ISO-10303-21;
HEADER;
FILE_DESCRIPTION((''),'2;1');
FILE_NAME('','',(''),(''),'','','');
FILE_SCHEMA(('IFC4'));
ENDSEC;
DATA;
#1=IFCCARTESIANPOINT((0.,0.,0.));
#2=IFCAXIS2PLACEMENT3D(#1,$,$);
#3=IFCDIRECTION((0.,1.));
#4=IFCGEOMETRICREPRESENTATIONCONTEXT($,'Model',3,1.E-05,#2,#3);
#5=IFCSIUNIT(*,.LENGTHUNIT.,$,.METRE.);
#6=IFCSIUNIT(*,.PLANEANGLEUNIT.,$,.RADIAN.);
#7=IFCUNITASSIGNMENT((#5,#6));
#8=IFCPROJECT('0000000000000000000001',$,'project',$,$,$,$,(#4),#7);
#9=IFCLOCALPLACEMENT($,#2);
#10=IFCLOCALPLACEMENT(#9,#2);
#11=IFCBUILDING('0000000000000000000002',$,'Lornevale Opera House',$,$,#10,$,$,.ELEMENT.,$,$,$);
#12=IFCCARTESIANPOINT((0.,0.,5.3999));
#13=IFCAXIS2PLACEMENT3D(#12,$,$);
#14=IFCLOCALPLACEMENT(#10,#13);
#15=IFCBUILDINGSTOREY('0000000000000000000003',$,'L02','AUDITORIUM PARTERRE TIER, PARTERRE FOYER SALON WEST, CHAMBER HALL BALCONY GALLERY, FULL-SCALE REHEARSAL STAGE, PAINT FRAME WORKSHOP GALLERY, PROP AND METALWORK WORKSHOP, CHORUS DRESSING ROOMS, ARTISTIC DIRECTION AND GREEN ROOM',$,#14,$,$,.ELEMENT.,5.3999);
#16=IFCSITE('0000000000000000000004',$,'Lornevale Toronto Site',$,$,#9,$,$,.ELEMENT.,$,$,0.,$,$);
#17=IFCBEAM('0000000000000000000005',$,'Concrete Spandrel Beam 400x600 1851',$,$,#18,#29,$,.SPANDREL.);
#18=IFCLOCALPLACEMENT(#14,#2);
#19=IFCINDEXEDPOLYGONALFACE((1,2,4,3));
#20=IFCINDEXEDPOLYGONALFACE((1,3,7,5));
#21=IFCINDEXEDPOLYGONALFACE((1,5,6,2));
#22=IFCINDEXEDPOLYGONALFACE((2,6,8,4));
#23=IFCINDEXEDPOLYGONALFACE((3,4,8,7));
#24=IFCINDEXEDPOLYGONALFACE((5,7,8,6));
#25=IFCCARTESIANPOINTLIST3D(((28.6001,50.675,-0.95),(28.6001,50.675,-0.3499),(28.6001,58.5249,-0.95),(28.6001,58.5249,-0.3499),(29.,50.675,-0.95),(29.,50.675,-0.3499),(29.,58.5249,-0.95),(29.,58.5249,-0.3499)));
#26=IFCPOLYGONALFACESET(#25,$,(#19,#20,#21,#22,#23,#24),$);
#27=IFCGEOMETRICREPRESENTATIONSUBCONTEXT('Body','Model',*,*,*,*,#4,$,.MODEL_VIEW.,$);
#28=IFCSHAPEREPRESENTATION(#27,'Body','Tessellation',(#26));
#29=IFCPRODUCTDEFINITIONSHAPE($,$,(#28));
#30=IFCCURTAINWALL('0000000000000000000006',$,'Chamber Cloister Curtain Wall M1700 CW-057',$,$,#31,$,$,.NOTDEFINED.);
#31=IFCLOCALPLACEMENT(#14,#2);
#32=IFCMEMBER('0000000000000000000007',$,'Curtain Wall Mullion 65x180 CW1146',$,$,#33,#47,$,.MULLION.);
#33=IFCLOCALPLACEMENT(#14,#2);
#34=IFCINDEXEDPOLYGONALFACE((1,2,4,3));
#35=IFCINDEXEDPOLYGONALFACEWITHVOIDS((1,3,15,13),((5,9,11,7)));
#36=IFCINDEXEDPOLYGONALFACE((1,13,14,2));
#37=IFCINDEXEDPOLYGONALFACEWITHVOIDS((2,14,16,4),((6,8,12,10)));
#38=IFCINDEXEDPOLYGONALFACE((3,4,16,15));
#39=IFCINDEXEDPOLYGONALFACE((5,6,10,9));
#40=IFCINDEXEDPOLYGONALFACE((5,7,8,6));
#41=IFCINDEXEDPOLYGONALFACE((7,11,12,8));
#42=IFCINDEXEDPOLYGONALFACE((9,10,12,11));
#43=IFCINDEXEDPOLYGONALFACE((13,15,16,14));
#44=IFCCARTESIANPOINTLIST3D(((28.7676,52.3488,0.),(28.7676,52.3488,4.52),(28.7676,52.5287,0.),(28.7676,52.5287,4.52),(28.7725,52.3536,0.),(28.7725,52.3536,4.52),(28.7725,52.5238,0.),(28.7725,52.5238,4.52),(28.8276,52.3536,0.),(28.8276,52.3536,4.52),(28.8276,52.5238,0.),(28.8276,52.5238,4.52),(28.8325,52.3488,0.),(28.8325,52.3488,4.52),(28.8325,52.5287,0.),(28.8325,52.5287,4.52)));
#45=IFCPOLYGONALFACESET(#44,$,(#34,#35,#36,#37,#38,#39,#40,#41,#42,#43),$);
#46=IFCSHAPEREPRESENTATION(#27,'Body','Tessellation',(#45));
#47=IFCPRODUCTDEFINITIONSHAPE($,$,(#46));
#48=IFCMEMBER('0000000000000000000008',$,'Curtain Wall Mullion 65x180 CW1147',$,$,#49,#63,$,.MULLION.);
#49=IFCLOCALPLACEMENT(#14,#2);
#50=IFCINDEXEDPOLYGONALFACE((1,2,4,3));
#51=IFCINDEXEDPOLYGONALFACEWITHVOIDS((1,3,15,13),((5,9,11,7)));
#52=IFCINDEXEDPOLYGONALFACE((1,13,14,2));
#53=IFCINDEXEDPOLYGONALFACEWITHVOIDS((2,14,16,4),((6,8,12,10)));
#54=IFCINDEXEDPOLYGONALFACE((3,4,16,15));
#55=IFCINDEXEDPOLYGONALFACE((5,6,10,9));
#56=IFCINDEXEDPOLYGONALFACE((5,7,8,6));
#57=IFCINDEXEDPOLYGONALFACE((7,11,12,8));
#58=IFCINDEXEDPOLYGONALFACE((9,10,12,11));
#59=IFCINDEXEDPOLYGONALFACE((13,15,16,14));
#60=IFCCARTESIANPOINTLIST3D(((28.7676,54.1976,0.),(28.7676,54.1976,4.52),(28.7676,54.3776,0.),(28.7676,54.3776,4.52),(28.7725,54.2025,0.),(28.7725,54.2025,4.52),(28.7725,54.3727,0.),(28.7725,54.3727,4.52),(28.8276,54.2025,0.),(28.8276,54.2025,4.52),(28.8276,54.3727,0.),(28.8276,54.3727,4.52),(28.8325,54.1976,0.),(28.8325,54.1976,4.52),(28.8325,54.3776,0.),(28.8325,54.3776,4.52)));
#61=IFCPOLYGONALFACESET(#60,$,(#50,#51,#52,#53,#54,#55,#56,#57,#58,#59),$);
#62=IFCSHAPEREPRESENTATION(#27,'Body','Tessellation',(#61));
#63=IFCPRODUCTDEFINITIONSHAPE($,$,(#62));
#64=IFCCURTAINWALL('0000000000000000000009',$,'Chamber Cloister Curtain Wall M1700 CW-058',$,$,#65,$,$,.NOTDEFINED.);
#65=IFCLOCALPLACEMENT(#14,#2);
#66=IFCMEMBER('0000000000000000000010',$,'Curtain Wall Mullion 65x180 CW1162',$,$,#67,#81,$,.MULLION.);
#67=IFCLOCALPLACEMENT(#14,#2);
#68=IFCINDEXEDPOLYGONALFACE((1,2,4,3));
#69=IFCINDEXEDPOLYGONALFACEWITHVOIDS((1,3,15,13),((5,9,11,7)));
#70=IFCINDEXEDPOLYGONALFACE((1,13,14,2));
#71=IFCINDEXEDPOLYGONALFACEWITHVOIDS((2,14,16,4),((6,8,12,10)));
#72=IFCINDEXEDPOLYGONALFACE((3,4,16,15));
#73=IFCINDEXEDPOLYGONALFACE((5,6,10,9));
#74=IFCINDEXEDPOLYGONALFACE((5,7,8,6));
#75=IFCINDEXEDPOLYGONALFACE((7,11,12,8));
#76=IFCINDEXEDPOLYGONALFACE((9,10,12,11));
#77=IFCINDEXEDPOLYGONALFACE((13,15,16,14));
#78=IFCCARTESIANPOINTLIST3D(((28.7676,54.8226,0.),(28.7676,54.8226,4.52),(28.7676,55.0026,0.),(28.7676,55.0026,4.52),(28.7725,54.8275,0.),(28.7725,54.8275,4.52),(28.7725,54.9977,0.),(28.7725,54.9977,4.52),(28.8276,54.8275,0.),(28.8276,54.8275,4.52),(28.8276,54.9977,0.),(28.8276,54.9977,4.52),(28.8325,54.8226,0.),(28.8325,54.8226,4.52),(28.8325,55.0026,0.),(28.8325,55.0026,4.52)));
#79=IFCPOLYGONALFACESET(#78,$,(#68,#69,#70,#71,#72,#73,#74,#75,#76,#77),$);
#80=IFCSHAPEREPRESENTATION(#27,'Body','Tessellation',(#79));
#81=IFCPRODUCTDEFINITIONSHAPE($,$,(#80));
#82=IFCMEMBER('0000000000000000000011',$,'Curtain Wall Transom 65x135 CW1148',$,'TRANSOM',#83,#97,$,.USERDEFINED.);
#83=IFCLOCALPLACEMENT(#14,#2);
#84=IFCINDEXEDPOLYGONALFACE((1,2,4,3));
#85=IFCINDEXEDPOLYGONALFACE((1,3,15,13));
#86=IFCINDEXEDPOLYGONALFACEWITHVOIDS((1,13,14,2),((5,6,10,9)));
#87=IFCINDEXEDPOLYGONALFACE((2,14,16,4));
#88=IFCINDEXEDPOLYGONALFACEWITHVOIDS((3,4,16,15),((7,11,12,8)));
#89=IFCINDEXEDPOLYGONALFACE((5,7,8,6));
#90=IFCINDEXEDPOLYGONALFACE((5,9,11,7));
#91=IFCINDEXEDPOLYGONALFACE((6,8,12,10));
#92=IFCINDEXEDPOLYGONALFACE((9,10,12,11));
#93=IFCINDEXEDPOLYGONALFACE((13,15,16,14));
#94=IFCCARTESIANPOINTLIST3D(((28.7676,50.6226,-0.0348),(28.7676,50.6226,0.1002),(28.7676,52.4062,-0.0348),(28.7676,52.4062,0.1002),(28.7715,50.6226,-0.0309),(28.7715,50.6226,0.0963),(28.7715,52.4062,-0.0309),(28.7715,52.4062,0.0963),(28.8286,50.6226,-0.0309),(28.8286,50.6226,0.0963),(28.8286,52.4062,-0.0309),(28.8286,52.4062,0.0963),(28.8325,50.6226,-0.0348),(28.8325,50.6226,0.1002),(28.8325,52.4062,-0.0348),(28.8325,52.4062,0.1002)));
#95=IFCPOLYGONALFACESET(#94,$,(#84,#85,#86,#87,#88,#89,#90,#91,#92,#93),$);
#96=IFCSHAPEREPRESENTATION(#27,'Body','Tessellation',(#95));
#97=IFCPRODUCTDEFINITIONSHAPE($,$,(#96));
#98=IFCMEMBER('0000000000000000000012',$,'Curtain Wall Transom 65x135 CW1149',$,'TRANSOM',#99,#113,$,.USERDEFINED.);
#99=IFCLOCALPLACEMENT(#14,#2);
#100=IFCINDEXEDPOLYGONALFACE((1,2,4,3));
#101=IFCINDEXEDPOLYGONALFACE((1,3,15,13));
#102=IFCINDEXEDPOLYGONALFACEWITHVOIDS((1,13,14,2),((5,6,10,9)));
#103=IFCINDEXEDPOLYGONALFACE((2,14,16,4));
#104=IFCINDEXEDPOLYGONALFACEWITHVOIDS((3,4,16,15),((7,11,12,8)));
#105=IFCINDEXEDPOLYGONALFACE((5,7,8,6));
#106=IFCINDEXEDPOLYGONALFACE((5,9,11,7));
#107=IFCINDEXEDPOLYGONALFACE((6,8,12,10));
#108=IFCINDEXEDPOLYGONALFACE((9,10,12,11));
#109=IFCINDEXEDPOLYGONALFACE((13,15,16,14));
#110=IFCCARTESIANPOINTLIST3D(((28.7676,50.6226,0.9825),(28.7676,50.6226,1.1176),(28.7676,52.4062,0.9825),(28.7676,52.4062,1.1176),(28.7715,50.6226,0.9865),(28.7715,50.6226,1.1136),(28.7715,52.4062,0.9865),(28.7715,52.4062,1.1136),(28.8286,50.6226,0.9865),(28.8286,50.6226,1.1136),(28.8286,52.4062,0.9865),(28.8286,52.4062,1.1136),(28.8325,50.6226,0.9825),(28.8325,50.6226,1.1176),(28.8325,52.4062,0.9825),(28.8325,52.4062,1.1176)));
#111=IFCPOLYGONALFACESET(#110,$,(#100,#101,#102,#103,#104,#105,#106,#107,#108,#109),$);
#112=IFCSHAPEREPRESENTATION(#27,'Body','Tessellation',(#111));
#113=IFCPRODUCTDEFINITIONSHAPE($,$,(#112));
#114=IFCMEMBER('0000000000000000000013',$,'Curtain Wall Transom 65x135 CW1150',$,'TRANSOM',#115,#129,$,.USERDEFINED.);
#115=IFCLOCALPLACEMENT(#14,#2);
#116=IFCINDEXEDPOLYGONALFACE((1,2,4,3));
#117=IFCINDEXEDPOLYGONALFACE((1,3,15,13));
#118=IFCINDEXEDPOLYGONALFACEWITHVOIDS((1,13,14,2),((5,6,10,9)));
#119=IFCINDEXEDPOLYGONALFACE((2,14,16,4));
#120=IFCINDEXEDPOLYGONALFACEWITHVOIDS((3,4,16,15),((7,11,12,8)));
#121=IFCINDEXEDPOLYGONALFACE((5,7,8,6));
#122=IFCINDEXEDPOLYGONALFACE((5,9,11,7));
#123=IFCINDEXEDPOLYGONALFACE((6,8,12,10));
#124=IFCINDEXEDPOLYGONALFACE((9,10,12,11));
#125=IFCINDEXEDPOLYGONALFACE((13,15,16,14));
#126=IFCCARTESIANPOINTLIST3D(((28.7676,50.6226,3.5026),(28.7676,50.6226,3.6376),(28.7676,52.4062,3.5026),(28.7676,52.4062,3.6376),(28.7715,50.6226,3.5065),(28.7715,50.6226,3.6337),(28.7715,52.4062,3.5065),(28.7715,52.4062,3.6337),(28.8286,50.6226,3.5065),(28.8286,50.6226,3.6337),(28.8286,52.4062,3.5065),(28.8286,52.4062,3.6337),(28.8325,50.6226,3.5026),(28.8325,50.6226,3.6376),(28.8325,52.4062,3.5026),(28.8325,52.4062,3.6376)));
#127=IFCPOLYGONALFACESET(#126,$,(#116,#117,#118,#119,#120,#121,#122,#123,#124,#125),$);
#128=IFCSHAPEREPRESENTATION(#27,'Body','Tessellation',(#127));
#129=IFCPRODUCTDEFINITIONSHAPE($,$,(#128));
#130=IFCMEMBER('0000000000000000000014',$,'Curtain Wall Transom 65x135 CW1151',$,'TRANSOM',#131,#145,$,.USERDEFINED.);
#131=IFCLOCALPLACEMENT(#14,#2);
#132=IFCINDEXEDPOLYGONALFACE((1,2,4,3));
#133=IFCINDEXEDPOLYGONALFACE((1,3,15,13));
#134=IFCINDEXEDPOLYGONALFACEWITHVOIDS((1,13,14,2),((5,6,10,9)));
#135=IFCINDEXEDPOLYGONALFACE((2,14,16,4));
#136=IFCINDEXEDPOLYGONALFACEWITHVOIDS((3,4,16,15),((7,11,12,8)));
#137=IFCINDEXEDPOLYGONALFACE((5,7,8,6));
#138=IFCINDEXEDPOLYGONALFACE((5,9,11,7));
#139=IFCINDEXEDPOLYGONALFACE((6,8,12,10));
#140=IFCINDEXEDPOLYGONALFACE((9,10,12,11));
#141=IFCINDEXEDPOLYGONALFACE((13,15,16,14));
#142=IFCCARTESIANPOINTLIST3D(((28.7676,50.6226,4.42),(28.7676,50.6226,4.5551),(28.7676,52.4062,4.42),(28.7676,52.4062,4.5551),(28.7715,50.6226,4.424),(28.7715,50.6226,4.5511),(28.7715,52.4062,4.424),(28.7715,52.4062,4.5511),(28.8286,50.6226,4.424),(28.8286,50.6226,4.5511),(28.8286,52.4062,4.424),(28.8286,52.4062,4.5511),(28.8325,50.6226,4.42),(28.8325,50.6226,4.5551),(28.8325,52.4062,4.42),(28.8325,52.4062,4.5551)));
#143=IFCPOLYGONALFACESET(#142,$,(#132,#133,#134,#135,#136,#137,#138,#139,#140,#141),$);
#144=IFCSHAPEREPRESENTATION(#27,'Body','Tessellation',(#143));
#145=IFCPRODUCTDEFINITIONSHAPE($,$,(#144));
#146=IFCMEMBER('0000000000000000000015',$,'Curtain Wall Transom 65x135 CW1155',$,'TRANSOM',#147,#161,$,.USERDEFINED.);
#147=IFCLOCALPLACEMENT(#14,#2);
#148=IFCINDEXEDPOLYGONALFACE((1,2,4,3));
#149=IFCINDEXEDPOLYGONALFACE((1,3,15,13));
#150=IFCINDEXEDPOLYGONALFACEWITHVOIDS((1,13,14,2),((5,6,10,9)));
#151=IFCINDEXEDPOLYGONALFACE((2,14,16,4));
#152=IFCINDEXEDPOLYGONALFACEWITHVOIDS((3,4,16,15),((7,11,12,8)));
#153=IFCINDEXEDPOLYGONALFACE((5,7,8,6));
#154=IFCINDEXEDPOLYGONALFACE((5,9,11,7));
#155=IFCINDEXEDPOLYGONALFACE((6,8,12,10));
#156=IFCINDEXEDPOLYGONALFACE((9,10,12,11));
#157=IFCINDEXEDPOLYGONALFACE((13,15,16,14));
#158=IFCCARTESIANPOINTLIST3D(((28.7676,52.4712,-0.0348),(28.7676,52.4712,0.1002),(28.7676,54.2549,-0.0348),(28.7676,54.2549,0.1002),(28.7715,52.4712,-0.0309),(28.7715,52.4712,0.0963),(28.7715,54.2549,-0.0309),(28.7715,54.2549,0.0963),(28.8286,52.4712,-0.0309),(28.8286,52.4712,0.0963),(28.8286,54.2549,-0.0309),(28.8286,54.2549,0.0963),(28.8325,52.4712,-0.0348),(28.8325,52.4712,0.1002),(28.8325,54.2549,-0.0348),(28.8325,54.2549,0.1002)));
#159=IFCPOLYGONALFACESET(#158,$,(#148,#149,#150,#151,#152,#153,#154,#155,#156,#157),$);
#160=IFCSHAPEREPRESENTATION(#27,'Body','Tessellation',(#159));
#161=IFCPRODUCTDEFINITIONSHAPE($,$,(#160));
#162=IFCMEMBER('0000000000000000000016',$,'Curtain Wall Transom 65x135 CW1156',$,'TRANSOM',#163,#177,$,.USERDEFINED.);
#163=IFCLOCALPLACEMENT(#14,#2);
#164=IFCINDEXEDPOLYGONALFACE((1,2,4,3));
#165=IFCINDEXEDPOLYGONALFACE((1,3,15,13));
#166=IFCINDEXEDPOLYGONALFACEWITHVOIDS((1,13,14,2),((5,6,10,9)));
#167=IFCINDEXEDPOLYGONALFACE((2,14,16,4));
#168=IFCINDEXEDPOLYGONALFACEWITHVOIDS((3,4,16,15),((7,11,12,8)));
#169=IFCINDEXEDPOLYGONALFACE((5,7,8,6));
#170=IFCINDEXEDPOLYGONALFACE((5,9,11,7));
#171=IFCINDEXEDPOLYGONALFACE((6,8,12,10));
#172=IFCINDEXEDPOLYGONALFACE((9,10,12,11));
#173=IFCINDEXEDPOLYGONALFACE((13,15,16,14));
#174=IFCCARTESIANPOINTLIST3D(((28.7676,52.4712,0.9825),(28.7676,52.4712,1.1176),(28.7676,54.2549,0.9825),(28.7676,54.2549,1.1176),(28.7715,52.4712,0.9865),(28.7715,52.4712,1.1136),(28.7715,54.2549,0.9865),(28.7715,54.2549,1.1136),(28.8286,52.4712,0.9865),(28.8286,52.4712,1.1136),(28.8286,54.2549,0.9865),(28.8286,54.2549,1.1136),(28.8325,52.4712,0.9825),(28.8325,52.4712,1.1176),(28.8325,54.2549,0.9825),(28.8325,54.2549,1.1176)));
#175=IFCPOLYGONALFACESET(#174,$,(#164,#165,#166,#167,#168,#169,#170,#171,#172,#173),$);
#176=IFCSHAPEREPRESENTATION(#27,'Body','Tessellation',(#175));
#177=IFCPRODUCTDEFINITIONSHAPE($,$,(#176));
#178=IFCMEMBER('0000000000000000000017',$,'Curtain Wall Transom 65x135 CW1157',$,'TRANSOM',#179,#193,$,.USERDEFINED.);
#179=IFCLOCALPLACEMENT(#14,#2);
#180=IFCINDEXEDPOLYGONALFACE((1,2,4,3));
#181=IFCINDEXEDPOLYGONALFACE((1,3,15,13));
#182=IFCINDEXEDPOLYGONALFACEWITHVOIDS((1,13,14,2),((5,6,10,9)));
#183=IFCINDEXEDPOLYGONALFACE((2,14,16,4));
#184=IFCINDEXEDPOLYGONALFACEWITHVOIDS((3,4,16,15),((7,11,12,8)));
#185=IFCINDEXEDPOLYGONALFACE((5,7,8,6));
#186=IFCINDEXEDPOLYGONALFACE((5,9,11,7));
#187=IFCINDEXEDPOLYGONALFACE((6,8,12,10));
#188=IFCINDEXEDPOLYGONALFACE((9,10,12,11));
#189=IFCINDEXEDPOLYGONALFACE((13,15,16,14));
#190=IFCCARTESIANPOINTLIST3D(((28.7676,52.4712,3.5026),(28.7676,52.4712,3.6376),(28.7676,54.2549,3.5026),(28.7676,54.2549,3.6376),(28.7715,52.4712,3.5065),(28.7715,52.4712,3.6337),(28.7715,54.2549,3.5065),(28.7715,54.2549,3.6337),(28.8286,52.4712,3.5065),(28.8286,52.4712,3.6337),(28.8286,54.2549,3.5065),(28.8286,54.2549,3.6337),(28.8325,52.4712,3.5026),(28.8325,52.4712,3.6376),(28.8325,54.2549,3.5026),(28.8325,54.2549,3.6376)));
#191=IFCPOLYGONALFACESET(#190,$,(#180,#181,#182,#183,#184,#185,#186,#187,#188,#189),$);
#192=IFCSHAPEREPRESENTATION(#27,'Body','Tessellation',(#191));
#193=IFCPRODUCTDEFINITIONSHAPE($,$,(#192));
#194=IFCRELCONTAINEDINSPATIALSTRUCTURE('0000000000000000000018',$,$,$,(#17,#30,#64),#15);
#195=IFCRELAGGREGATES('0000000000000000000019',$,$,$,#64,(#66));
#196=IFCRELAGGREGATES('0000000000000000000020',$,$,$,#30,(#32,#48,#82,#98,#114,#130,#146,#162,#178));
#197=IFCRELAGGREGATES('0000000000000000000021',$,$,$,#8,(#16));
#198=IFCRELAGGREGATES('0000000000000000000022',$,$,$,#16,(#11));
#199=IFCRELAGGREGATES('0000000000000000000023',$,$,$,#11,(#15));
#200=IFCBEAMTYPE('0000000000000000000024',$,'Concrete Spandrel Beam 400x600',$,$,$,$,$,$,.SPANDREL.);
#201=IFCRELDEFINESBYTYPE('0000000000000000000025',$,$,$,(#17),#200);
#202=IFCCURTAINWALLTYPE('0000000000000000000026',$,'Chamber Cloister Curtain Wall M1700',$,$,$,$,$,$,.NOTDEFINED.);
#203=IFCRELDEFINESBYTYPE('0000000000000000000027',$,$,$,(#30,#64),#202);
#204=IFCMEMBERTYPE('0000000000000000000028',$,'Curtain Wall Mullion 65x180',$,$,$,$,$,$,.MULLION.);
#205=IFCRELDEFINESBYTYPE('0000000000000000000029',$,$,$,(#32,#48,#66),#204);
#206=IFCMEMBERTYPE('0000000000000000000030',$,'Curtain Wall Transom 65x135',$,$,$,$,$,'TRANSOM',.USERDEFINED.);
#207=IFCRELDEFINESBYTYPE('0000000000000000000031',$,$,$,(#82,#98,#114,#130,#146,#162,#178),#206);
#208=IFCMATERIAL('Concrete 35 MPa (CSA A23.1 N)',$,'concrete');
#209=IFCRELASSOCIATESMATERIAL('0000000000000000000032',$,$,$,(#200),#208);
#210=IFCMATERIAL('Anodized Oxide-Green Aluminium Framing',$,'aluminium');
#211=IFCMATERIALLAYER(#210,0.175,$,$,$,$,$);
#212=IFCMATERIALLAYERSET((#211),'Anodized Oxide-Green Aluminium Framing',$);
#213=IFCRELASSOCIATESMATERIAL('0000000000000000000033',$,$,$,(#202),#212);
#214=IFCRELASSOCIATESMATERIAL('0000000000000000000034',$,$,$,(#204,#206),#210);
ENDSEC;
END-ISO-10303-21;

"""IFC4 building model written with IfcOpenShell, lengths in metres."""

from ifc_helpers import new_model, si_unit, direction, frame, origin, origin_2d, place, context, subcontext, project, spatial, rectangle, hollow_rectangle, extrude, material, layer, layer_set, material_profile, profile_set, type_object, element, aggregate, save


model = new_model("IFC4")

# Units and contexts
model_context = context("Model", 3, precision=1e-05, world=origin(), true_north=direction((0.0, 1.0)))
body_context = subcontext(model_context, "Body", "Model", "MODEL_VIEW")
ifc_project = project(units=[si_unit("LENGTHUNIT", "METRE"), si_unit("PLANEANGLEUNIT", "RADIAN")], contexts=[model_context])

# Site, building, storey
site_placement = place(None, origin())
site = spatial("IfcSite", under=ifc_project, at=site_placement, Name="Lornevale Toronto Site", CompositionType="ELEMENT", RefElevation=0.0)
building_placement = place(site_placement, origin())
building = spatial("IfcBuilding", under=site, at=building_placement, Name="Lornevale Opera House", CompositionType="ELEMENT")
storey_placement = place(building_placement, frame((0.0, 0.0, 5.3999)))
storey = spatial("IfcBuildingStorey", under=building, at=storey_placement, Name="L02", Description="AUDITORIUM PARTERRE TIER, PARTERRE FOYER SALON WEST, CHAMBER HALL BALCONY GALLERY, FULL-SCALE REHEARSAL STAGE, PAINT FRAME WORKSHOP GALLERY, PROP AND METALWORK WORKSHOP, CHORUS DRESSING ROOMS, ARTISTIC DIRECTION AND GREEN ROOM", CompositionType="ELEMENT", Elevation=5.3999)

# Beam
ifc_material_1 = material(Name="Concrete 35 MPa (CSA A23.1 N)", Category="concrete")
ifc_material_profile_1 = material_profile(ifc_material_1, rectangle(XDim=0.3999, YDim=0.6001, at=origin_2d()), Name="RC400x600")
ifc_profile_set_1 = profile_set([ifc_material_profile_1], Name="Concrete 35 MPa (CSA A23.1 N)")
beam_type = type_object("IfcBeamType", Name="Concrete Spandrel Beam 400x600", PredefinedType="SPANDREL", material=ifc_profile_set_1)
beam_placement = place(storey_placement, frame((28.8, 50.675, -0.6499), z_axis=(0.0, 1.0, 0.0), x_axis=(-1.0, 0.0, 0.0)))
element("IfcBeam", 1, at=beam_placement, inside=storey, type_object=beam_type, Name="Concrete Spandrel Beam 400x600 1851", PredefinedType="SPANDREL", context=body_context, shape_type="SweptSolid", body=[
    extrude(rectangle(XDim=0.3999, YDim=0.6001, at=origin_2d()), origin(), (0.0, 0.0, 1.0), 7.8499),
])

# Curtain wall, members
ifc_material_2 = material(Name="Anodized Oxide-Green Aluminium Framing", Category="aluminium")
ifc_layer_1 = layer(ifc_material_2, 0.175)
ifc_layer_set_1 = layer_set([ifc_layer_1], Name="Anodized Oxide-Green Aluminium Framing")
curtain_wall_type = type_object("IfcCurtainWallType", Name="Chamber Cloister Curtain Wall M1700", PredefinedType="NOTDEFINED", material=ifc_layer_set_1)
curtain_wall_1_placement = place(storey_placement, origin())
curtain_wall_1 = element("IfcCurtainWall", 2, at=curtain_wall_1_placement, inside=storey, type_object=curtain_wall_type, Name="Chamber Cloister Curtain Wall M1700 CW-057", PredefinedType="NOTDEFINED")
ifc_material_profile_2 = material_profile(ifc_material_2, hollow_rectangle(XDim=0.0649, YDim=0.1799, WallThickness=0.0049, at=origin_2d()), Name="ALU65x180x5")
ifc_profile_set_2 = profile_set([ifc_material_profile_2], Name="Anodized Oxide-Green Aluminium Framing")
member_type_1 = type_object("IfcMemberType", Name="Curtain Wall Mullion 65x180", PredefinedType="MULLION", material=ifc_profile_set_2)
member_1_placement = place(storey_placement, frame((28.8, 52.4387, 0.0), z_axis=(0.0, 0.0, 1.0), x_axis=(-1.0, 0.0, 0.0)))
member_1 = element("IfcMember", 3, at=member_1_placement, type_object=member_type_1, Name="Curtain Wall Mullion 65x180 CW1146", PredefinedType="MULLION", context=body_context, shape_type="SweptSolid", body=[
    extrude(hollow_rectangle(XDim=0.0649, YDim=0.1799, WallThickness=0.0049, at=origin_2d()), origin(), (0.0, 0.0, 1.0), 4.52),
])
member_2_placement = place(storey_placement, frame((28.8, 54.2876, 0.0), z_axis=(0.0, 0.0, 1.0), x_axis=(-1.0, 0.0, 0.0)))
member_2 = element("IfcMember", 4, at=member_2_placement, type_object=member_type_1, Name="Curtain Wall Mullion 65x180 CW1147", PredefinedType="MULLION", context=body_context, shape_type="SweptSolid", body=[
    extrude(hollow_rectangle(XDim=0.0649, YDim=0.1799, WallThickness=0.0049, at=origin_2d()), origin(), (0.0, 0.0, 1.0), 4.52),
])

# Curtain wall, member
curtain_wall_2_placement = place(storey_placement, origin())
curtain_wall_2 = element("IfcCurtainWall", 5, at=curtain_wall_2_placement, inside=storey, type_object=curtain_wall_type, Name="Chamber Cloister Curtain Wall M1700 CW-058", PredefinedType="NOTDEFINED")
member_3_placement = place(storey_placement, frame((28.8, 54.9126, 0.0), z_axis=(0.0, 0.0, 1.0), x_axis=(-1.0, 0.0, 0.0)))
member_3 = element("IfcMember", 6, at=member_3_placement, type_object=member_type_1, Name="Curtain Wall Mullion 65x180 CW1162", PredefinedType="MULLION", context=body_context, shape_type="SweptSolid", body=[
    extrude(hollow_rectangle(XDim=0.0649, YDim=0.1799, WallThickness=0.0049, at=origin_2d()), origin(), (0.0, 0.0, 1.0), 4.52),
])

# Members
ifc_material_profile_3 = material_profile(ifc_material_2, hollow_rectangle(XDim=0.0649, YDim=0.135, WallThickness=0.0039, at=origin_2d()), Name="ALU65x135x4")
ifc_profile_set_3 = profile_set([ifc_material_profile_3], Name="Anodized Oxide-Green Aluminium Framing")
member_type_2 = type_object("IfcMemberType", Name="Curtain Wall Transom 65x135", ElementType="TRANSOM", PredefinedType="USERDEFINED", material=ifc_profile_set_3)
member_4_placement = place(storey_placement, frame((28.8, 50.6226, 0.0327), z_axis=(0.0, 1.0, 0.0), x_axis=(-1.0, 0.0, 0.0)))
member_4 = element("IfcMember", 7, at=member_4_placement, type_object=member_type_2, Name="Curtain Wall Transom 65x135 CW1148", ObjectType="TRANSOM", PredefinedType="USERDEFINED", context=body_context, shape_type="SweptSolid", body=[
    extrude(hollow_rectangle(XDim=0.0649, YDim=0.135, WallThickness=0.0039, at=origin_2d()), origin(), (0.0, 0.0, 1.0), 1.7837),
])
member_5_placement = place(storey_placement, frame((28.8, 50.6226, 1.05), z_axis=(0.0, 1.0, 0.0), x_axis=(-1.0, 0.0, 0.0)))
member_5 = element("IfcMember", 8, at=member_5_placement, type_object=member_type_2, Name="Curtain Wall Transom 65x135 CW1149", ObjectType="TRANSOM", PredefinedType="USERDEFINED", context=body_context, shape_type="SweptSolid", body=[
    extrude(hollow_rectangle(XDim=0.0649, YDim=0.135, WallThickness=0.0039, at=origin_2d()), origin(), (0.0, 0.0, 1.0), 1.7837),
])
member_6_placement = place(storey_placement, frame((28.8, 50.6226, 3.5701), z_axis=(0.0, 1.0, 0.0), x_axis=(-1.0, 0.0, 0.0)))
member_6 = element("IfcMember", 9, at=member_6_placement, type_object=member_type_2, Name="Curtain Wall Transom 65x135 CW1150", ObjectType="TRANSOM", PredefinedType="USERDEFINED", context=body_context, shape_type="SweptSolid", body=[
    extrude(hollow_rectangle(XDim=0.0649, YDim=0.135, WallThickness=0.0039, at=origin_2d()), origin(), (0.0, 0.0, 1.0), 1.7837),
])
member_7_placement = place(storey_placement, frame((28.8, 50.6226, 4.4875), z_axis=(0.0, 1.0, 0.0), x_axis=(-1.0, 0.0, 0.0)))
member_7 = element("IfcMember", 10, at=member_7_placement, type_object=member_type_2, Name="Curtain Wall Transom 65x135 CW1151", ObjectType="TRANSOM", PredefinedType="USERDEFINED", context=body_context, shape_type="SweptSolid", body=[
    extrude(hollow_rectangle(XDim=0.0649, YDim=0.135, WallThickness=0.0039, at=origin_2d()), origin(), (0.0, 0.0, 1.0), 1.7837),
])
member_8_placement = place(storey_placement, frame((28.8, 52.4712, 0.0327), z_axis=(0.0, 1.0, 0.0), x_axis=(-1.0, 0.0, 0.0)))
member_8 = element("IfcMember", 11, at=member_8_placement, type_object=member_type_2, Name="Curtain Wall Transom 65x135 CW1155", ObjectType="TRANSOM", PredefinedType="USERDEFINED", context=body_context, shape_type="SweptSolid", body=[
    extrude(hollow_rectangle(XDim=0.0649, YDim=0.135, WallThickness=0.0039, at=origin_2d()), origin(), (0.0, 0.0, 1.0), 1.7837),
])
member_9_placement = place(storey_placement, frame((28.8, 52.4712, 1.05), z_axis=(0.0, 1.0, 0.0), x_axis=(-1.0, 0.0, 0.0)))
member_9 = element("IfcMember", 12, at=member_9_placement, type_object=member_type_2, Name="Curtain Wall Transom 65x135 CW1156", ObjectType="TRANSOM", PredefinedType="USERDEFINED", context=body_context, shape_type="SweptSolid", body=[
    extrude(hollow_rectangle(XDim=0.0649, YDim=0.135, WallThickness=0.0039, at=origin_2d()), origin(), (0.0, 0.0, 1.0), 1.7837),
])
member_10_placement = place(storey_placement, frame((28.8, 52.4712, 3.5701), z_axis=(0.0, 1.0, 0.0), x_axis=(-1.0, 0.0, 0.0)))
member_10 = element("IfcMember", 13, at=member_10_placement, type_object=member_type_2, Name="Curtain Wall Transom 65x135 CW1157", ObjectType="TRANSOM", PredefinedType="USERDEFINED", context=body_context, shape_type="SweptSolid", body=[
    extrude(hollow_rectangle(XDim=0.0649, YDim=0.135, WallThickness=0.0039, at=origin_2d()), origin(), (0.0, 0.0, 1.0), 1.7837),
])
aggregate(curtain_wall_2, [member_3])

aggregate(curtain_wall_1, [member_1, member_2, member_4, member_5, member_6, member_7, member_8, member_9, member_10])

save(model, "model.ifc")
